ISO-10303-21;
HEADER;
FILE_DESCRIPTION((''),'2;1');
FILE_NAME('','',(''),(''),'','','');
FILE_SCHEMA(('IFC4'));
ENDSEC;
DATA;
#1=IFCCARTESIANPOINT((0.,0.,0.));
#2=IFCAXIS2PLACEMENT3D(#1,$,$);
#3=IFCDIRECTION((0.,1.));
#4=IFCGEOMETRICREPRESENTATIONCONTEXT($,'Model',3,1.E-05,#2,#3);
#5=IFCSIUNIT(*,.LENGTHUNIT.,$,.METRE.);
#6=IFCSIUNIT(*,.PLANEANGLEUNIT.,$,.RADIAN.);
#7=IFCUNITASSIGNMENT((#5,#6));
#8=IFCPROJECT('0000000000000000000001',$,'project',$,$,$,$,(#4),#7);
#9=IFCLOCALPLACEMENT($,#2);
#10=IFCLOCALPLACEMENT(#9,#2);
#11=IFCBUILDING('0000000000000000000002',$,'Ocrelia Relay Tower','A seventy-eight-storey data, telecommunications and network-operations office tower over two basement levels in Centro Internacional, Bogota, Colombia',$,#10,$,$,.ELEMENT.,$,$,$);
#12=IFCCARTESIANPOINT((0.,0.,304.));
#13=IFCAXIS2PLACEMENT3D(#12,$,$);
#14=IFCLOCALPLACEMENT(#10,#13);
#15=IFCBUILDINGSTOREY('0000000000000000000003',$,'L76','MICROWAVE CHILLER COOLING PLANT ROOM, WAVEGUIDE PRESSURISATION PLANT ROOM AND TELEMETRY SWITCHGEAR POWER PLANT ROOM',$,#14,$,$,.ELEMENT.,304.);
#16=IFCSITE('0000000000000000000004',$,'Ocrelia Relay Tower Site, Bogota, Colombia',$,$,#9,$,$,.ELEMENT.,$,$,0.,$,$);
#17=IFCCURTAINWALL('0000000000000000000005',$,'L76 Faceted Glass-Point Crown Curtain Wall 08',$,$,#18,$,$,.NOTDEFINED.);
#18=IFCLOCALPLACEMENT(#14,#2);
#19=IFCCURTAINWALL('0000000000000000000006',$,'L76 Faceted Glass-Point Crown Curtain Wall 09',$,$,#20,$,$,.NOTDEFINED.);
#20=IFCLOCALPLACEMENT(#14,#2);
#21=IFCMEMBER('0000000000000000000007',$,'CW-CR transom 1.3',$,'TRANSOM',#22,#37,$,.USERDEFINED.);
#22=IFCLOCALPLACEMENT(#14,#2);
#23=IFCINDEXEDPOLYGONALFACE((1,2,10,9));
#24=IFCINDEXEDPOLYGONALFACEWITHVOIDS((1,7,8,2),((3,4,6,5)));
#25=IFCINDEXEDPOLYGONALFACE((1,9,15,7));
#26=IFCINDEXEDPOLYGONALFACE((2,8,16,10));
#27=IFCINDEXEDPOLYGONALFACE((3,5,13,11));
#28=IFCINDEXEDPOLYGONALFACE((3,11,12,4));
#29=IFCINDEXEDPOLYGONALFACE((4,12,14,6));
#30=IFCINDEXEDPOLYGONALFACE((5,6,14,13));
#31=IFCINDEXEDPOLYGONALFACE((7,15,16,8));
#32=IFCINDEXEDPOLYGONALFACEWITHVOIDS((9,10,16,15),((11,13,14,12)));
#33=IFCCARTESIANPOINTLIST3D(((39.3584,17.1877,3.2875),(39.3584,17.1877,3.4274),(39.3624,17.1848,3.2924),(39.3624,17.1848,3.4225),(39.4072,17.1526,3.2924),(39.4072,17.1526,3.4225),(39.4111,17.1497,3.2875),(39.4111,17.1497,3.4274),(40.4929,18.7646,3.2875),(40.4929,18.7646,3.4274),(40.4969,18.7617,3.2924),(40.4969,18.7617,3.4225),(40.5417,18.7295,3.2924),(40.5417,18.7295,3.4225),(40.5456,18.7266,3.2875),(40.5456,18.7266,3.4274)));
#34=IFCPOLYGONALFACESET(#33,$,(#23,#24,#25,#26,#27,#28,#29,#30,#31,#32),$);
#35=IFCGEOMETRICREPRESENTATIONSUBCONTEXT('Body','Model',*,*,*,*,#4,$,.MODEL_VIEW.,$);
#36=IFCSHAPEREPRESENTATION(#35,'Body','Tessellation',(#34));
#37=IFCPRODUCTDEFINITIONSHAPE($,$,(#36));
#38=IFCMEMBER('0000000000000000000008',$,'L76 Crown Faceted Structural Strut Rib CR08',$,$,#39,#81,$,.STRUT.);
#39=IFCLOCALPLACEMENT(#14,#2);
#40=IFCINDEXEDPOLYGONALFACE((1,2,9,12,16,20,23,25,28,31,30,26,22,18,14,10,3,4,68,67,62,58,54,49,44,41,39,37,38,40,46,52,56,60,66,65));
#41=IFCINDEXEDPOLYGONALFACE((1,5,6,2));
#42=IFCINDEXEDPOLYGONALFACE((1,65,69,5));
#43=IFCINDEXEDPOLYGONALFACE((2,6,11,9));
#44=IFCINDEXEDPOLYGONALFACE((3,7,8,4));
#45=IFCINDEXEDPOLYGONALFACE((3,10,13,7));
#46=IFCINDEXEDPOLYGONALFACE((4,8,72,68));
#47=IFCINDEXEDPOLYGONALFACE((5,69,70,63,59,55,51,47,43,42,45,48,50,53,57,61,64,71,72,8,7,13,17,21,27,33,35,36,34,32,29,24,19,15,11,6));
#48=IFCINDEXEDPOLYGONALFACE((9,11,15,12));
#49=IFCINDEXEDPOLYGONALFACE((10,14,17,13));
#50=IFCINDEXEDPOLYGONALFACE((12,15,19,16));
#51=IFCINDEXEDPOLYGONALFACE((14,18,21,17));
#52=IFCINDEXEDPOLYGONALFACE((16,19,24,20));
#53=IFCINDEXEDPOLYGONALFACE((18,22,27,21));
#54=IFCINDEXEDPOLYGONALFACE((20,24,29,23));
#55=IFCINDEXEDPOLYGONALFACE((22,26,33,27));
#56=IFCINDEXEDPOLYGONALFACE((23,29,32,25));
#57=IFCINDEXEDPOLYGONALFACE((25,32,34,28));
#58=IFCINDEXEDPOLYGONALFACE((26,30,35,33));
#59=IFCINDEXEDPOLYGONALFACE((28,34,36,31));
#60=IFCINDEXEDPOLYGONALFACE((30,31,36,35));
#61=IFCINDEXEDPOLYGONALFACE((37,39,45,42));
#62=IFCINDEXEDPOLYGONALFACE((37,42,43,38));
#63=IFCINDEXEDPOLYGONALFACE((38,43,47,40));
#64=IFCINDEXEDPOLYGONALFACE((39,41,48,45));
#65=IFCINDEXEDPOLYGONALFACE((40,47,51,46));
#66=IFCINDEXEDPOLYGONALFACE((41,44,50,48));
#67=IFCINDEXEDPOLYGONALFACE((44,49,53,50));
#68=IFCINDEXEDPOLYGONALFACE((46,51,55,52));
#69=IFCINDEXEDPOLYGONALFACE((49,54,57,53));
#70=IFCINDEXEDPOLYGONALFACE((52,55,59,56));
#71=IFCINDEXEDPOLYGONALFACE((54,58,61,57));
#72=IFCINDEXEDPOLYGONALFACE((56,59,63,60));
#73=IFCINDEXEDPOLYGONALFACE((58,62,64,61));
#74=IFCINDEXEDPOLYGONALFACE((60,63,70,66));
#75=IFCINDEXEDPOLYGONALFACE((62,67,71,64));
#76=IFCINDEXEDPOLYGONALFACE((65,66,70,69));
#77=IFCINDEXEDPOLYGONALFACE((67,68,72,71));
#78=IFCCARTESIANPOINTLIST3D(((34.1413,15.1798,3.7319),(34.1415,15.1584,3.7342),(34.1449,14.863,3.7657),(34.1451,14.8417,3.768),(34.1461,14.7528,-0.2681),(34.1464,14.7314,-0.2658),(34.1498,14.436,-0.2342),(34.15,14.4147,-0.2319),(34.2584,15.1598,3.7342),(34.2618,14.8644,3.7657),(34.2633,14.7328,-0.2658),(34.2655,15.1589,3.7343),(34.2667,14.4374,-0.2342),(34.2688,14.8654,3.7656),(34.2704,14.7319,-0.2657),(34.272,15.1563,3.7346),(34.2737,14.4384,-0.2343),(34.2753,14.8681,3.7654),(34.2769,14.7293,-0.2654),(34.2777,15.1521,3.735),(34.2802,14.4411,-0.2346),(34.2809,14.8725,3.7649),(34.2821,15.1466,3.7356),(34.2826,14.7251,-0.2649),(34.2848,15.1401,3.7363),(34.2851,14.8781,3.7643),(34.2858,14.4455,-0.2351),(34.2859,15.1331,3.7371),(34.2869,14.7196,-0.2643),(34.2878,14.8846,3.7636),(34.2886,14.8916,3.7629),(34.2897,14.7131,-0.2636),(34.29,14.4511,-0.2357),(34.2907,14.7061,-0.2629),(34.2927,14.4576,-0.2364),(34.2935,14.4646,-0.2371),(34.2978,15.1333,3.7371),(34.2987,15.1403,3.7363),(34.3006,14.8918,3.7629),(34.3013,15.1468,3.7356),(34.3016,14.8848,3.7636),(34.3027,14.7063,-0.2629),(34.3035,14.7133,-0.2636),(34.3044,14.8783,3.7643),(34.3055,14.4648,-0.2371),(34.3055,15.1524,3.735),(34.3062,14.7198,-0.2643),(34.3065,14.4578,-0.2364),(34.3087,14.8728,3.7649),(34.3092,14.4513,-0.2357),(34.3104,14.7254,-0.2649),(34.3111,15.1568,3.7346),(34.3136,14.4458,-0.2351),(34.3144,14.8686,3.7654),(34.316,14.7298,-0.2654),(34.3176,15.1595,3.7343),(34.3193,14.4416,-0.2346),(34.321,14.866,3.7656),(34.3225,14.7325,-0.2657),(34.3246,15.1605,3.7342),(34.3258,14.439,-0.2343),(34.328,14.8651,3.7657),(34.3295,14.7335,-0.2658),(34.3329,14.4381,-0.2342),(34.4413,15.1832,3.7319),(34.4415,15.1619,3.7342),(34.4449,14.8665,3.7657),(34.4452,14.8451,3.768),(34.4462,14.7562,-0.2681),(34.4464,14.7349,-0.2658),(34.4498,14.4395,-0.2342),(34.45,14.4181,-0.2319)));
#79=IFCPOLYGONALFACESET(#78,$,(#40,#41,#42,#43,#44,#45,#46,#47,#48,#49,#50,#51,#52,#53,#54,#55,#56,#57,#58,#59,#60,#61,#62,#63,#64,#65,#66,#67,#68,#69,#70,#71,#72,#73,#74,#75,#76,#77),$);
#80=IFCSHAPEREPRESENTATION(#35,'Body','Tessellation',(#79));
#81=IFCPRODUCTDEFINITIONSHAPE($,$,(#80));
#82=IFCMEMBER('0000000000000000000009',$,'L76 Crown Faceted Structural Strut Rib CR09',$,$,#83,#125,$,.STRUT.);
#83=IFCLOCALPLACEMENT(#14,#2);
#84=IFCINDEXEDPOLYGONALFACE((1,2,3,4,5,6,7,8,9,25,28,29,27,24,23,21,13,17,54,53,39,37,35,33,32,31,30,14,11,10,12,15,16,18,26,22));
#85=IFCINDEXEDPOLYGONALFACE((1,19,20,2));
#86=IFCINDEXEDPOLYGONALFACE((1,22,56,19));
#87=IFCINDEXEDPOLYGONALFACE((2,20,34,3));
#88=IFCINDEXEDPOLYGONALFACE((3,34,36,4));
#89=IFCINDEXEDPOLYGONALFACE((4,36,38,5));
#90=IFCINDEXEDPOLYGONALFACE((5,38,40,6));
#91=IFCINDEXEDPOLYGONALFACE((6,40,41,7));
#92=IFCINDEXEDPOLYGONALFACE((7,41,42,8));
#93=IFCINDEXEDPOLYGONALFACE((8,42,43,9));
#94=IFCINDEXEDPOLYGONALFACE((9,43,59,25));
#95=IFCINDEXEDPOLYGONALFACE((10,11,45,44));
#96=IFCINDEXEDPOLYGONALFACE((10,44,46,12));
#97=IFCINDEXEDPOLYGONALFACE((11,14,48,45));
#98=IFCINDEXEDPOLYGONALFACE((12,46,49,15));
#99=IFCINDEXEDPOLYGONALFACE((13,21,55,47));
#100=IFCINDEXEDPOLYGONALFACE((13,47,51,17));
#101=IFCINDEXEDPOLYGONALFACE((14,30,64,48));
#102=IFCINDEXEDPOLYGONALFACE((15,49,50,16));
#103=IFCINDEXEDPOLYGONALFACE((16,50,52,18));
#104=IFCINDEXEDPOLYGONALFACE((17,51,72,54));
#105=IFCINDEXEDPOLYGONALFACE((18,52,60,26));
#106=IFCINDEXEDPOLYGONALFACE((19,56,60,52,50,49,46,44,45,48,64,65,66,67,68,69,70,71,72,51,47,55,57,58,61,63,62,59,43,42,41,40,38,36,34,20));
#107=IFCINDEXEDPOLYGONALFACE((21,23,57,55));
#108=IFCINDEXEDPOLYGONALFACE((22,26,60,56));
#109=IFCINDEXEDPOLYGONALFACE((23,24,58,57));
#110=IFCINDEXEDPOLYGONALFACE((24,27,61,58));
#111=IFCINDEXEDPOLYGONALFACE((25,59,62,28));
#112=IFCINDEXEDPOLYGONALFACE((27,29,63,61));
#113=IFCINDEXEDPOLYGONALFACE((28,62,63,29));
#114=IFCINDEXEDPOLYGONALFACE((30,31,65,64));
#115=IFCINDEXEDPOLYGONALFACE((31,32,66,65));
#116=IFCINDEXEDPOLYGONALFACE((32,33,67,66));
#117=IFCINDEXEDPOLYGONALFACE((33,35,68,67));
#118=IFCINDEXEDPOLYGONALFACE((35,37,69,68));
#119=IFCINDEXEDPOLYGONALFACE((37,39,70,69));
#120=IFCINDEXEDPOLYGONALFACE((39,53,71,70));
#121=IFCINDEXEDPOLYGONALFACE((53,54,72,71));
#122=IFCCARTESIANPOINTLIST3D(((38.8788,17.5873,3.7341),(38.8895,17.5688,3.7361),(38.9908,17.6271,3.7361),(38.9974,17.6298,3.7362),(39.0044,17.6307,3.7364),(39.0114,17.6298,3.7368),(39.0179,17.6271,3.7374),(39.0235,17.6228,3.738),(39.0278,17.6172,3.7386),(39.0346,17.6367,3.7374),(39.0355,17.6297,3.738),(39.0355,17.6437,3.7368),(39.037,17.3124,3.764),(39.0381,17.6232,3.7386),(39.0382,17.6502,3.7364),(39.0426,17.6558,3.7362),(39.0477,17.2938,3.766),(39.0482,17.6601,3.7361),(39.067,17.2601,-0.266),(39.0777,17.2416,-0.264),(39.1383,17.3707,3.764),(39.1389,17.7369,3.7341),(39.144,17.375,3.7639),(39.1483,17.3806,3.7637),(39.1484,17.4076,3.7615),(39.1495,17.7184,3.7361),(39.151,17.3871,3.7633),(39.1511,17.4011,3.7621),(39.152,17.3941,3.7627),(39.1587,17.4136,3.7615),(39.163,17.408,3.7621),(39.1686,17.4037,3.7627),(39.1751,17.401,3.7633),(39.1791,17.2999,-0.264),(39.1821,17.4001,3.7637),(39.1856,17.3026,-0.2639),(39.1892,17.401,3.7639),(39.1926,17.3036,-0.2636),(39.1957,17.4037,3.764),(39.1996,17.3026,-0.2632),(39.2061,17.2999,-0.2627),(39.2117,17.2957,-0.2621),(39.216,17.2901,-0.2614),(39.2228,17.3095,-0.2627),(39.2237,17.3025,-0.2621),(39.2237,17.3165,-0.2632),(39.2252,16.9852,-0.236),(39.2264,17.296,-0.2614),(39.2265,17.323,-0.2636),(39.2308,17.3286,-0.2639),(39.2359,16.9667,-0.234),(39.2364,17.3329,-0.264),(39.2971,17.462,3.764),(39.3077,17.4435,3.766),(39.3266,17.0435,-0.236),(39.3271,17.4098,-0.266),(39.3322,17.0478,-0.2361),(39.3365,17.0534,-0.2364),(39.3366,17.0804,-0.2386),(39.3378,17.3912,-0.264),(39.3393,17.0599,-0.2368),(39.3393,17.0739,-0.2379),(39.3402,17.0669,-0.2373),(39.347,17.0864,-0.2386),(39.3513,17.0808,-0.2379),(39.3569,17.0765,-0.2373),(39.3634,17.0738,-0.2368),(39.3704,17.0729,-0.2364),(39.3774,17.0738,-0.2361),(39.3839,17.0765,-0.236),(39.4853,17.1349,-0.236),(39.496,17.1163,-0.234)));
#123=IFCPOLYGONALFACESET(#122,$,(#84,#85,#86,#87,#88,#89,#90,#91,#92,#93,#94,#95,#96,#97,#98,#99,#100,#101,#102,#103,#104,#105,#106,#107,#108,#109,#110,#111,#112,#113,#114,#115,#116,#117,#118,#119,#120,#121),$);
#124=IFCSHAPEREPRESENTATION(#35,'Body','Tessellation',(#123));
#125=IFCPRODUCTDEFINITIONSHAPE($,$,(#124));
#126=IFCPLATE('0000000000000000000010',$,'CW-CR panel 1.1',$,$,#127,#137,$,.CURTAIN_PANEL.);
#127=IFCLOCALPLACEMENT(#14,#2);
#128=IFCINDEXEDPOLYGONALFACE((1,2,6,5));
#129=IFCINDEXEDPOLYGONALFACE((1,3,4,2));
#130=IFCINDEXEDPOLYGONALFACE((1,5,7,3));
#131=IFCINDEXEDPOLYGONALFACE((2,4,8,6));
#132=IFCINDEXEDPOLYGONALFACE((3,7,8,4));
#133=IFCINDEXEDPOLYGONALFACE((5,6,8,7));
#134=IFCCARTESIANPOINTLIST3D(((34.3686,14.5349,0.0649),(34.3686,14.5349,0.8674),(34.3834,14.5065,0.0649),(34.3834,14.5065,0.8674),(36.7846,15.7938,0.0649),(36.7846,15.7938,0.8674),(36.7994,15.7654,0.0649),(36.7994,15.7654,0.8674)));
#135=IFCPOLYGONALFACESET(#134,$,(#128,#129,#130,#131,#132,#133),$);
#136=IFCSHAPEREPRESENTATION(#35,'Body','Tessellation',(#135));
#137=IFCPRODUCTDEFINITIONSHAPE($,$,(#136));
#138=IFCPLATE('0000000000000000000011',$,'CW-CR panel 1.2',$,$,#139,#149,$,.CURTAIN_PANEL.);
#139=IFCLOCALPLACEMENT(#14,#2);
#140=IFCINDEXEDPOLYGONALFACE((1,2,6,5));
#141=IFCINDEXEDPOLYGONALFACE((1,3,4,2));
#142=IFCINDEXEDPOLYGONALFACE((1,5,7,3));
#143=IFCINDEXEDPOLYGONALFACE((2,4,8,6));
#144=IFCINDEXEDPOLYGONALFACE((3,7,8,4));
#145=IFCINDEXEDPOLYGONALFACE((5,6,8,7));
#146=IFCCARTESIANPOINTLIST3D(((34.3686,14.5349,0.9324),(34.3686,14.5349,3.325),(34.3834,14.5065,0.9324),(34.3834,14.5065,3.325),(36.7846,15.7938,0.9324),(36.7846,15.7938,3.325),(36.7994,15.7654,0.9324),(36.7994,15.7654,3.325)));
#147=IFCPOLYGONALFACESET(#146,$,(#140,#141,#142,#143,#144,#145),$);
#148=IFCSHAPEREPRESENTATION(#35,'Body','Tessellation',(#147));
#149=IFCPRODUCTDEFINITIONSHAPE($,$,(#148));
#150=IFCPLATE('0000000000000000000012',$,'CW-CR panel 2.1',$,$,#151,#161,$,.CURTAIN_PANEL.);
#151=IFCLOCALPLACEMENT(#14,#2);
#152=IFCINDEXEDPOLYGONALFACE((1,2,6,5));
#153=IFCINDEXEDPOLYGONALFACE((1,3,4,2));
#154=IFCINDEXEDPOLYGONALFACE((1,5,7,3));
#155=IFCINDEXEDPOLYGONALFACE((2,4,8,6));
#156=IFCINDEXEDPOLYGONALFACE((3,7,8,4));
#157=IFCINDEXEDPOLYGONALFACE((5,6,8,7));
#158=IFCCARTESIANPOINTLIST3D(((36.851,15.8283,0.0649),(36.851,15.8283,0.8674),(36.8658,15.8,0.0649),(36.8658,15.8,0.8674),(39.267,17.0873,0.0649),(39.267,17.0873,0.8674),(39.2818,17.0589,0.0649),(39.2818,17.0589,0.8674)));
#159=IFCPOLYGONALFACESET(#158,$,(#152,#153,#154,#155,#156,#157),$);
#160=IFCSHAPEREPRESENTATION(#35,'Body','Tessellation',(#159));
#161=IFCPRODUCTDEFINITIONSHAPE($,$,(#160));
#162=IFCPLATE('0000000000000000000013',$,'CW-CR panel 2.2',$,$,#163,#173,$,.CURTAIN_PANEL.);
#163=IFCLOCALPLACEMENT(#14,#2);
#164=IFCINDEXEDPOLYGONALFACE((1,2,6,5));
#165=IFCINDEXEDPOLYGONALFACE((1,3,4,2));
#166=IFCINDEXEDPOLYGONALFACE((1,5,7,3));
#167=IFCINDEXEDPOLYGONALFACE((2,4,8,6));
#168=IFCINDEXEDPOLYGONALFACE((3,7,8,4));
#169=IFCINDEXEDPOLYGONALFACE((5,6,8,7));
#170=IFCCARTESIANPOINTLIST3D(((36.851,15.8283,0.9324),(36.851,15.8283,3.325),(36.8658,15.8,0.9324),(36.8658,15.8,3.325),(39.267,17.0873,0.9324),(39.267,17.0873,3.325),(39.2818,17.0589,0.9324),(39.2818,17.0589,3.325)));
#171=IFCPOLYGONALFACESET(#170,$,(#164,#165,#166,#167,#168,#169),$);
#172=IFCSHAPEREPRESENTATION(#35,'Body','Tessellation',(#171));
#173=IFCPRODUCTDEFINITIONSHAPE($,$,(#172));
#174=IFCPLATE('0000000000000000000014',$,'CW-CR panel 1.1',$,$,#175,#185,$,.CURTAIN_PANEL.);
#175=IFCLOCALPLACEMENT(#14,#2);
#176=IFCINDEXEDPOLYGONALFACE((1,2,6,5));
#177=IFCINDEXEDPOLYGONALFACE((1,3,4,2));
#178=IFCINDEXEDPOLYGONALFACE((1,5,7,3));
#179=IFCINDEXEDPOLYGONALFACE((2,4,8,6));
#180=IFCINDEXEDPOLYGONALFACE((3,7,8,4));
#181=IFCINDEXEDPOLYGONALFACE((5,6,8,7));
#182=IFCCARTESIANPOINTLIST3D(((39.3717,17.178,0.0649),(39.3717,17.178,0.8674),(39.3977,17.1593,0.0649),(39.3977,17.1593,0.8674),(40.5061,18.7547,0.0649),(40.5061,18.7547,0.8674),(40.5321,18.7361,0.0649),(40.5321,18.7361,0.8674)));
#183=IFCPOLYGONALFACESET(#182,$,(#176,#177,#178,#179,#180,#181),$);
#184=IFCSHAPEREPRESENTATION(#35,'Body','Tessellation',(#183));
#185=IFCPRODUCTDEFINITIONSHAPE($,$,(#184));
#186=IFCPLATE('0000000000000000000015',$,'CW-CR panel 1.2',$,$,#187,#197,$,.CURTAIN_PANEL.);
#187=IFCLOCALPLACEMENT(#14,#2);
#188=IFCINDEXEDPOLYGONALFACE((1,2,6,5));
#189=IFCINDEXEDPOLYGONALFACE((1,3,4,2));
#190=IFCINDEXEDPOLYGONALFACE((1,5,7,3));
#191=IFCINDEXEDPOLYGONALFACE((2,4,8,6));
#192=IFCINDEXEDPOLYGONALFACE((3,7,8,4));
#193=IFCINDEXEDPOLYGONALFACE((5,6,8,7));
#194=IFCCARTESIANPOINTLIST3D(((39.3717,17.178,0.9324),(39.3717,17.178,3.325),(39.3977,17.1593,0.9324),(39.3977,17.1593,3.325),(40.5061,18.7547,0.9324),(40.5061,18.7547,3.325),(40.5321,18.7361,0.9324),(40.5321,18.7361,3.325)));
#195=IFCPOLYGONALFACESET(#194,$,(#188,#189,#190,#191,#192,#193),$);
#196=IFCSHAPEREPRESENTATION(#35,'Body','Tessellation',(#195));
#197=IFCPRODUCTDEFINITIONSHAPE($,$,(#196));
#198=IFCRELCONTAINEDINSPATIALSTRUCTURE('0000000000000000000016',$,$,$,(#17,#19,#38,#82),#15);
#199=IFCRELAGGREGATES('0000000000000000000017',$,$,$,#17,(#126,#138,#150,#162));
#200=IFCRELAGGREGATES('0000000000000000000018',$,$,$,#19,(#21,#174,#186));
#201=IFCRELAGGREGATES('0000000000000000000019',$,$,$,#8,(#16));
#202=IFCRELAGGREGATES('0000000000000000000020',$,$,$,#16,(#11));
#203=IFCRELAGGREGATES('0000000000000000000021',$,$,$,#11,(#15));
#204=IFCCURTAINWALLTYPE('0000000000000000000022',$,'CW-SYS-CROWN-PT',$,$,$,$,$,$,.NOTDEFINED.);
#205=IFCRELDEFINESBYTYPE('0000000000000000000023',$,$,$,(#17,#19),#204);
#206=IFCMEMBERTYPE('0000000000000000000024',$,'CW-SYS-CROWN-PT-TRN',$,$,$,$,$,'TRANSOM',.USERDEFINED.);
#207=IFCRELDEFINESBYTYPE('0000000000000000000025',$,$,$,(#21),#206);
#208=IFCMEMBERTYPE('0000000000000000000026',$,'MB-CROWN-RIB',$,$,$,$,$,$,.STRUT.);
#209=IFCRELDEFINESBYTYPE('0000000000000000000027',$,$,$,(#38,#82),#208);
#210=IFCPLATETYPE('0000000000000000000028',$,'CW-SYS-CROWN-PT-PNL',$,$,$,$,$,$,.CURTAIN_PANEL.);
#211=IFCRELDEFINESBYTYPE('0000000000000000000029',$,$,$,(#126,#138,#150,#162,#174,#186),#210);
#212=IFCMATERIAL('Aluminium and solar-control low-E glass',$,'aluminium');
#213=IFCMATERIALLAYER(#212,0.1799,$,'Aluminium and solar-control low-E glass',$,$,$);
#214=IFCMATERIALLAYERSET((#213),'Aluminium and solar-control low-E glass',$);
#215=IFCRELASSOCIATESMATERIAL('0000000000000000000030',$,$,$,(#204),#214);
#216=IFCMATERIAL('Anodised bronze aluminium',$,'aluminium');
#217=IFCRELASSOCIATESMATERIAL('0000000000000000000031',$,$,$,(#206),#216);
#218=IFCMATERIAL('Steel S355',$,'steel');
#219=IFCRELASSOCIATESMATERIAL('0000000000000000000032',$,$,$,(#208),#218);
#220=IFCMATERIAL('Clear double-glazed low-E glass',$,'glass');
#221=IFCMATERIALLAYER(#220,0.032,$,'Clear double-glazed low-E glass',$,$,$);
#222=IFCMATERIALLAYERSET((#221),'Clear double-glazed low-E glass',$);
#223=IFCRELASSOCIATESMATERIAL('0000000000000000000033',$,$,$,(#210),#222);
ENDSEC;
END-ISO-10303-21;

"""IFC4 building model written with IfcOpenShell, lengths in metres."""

from ifc_helpers import new_model, si_unit, direction, frame, origin, origin_2d, place, context, subcontext, project, spatial, rectangle, hollow_rectangle, i_section, extrude, material, layer, layer_set, material_profile, profile_set, type_object, element, aggregate, save


model = new_model("IFC4")

# Units and contexts
model_context = context("Model", 3, precision=1e-05, world=origin(), true_north=direction((0.0, 1.0)))
body_context = subcontext(model_context, "Body", "Model", "MODEL_VIEW")
ifc_project = project(units=[si_unit("LENGTHUNIT", "METRE"), si_unit("PLANEANGLEUNIT", "RADIAN")], contexts=[model_context])

# Site, building, storey
site_placement = place(None, origin())
site = spatial("IfcSite", under=ifc_project, at=site_placement, Name="Ocrelia Relay Tower Site, Bogota, Colombia", CompositionType="ELEMENT", RefElevation=0.0)
building_placement = place(site_placement, origin())
building = spatial("IfcBuilding", under=site, at=building_placement, Name="Ocrelia Relay Tower", Description="A seventy-eight-storey data, telecommunications and network-operations office tower over two basement levels in Centro Internacional, Bogota, Colombia", CompositionType="ELEMENT")
storey_placement = place(building_placement, frame((0.0, 0.0, 304.0)))
storey = spatial("IfcBuildingStorey", under=building, at=storey_placement, Name="L76", Description="MICROWAVE CHILLER COOLING PLANT ROOM, WAVEGUIDE PRESSURISATION PLANT ROOM AND TELEMETRY SWITCHGEAR POWER PLANT ROOM", CompositionType="ELEMENT", Elevation=304.0)

# Shared definitions
ifc_material_1 = material(Name="Steel S355", Category="steel")

# Shared definitions
ifc_material_2 = material(Name="Aluminium and solar-control low-E glass", Category="aluminium")
ifc_layer_1 = layer(ifc_material_2, 0.1799, Name="Aluminium and solar-control low-E glass")
ifc_layer_set_1 = layer_set([ifc_layer_1], Name="Aluminium and solar-control low-E glass")
curtain_wall_type = type_object("IfcCurtainWallType", Name="CW-SYS-CROWN-PT", PredefinedType="NOTDEFINED", material=ifc_layer_set_1)
ifc_material_3 = material(Name="Anodised bronze aluminium", Category="aluminium")

# Curtain wall
curtain_wall_1_placement = place(storey_placement, origin())
curtain_wall_1 = element("IfcCurtainWall", 1, at=curtain_wall_1_placement, inside=storey, type_object=curtain_wall_type, Name="L76 Faceted Glass-Point Crown Curtain Wall 08", PredefinedType="NOTDEFINED")

# Curtain wall
curtain_wall_2_placement = place(storey_placement, origin())
curtain_wall_2 = element("IfcCurtainWall", 2, at=curtain_wall_2_placement, inside=storey, type_object=curtain_wall_type, Name="L76 Faceted Glass-Point Crown Curtain Wall 09", PredefinedType="NOTDEFINED")

# Member
ifc_material_profile_1 = material_profile(ifc_material_3, hollow_rectangle(XDim=0.0649, YDim=0.1399, WallThickness=0.0049, at=origin_2d()), Name="CW-TRN-140x65")
ifc_profile_set_1 = profile_set([ifc_material_profile_1], Name="Anodised bronze aluminium")
member_type_1 = type_object("IfcMemberType", Name="CW-SYS-CROWN-PT-TRN", ElementType="TRANSOM", PredefinedType="USERDEFINED", material=ifc_profile_set_1)
member_1_placement = place(storey_placement, frame((39.3848, 17.1687, 3.3574), z_axis=(0.584017, 0.811742, 0.0), x_axis=(-0.811742, 0.584017, 0.0)))
member_1 = element("IfcMember", 3, at=member_1_placement, type_object=member_type_1, Name="CW-CR transom 1.3", ObjectType="TRANSOM", PredefinedType="USERDEFINED", context=body_context, shape_type="SweptSolid", body=[
    extrude(hollow_rectangle(XDim=0.0649, YDim=0.1399, WallThickness=0.0049, at=origin_2d()), origin(), (0.0, 0.0, 1.0), 1.9426),
])

# Members
ifc_material_profile_2 = material_profile(ifc_material_1, i_section(OverallWidth=0.3, OverallDepth=0.3401, WebThickness=0.012, FlangeThickness=0.0215, FilletRadius=0.0271, at=origin_2d()), Name="HEB 340")
ifc_profile_set_2 = profile_set([ifc_material_profile_2], Name="Steel S355")
member_type_2 = type_object("IfcMemberType", Name="MB-CROWN-RIB", PredefinedType="STRUT", material=ifc_profile_set_2)
member_2_placement = place(storey_placement, frame((34.2981, 14.5854, -0.25), z_axis=(-0.001214, 0.106147, 0.99435), x_axis=(-0.999935, -0.011434, 0.0)))
element("IfcMember", 4, at=member_2_placement, inside=storey, type_object=member_type_2, Name="L76 Crown Faceted Structural Strut Rib CR08", PredefinedType="STRUT", context=body_context, shape_type="SweptSolid", body=[
    extrude(i_section(OverallWidth=0.3, OverallDepth=0.3401, WebThickness=0.012, FlangeThickness=0.0215, FilletRadius=0.0271, at=origin_2d()), origin(), (0.0, 0.0, 1.0), 4.0227),
])
member_3_placement = place(storey_placement, frame((39.2815, 17.1882, -0.25), z_axis=(-0.04685, 0.081425, 0.995578), x_axis=(-0.866767, -0.498714, 0.0)))
element("IfcMember", 5, at=member_3_placement, inside=storey, type_object=member_type_2, Name="L76 Crown Faceted Structural Strut Rib CR09", PredefinedType="STRUT", context=body_context, shape_type="SweptSolid", body=[
    extrude(i_section(OverallWidth=0.3, OverallDepth=0.3401, WebThickness=0.012, FlangeThickness=0.0215, FilletRadius=0.0271, at=origin_2d()), origin(), (0.0, 0.0, 1.0), 4.0178),
])

# Plates
ifc_material_4 = material(Name="Clear double-glazed low-E glass", Category="glass")
ifc_layer_2 = layer(ifc_material_4, 0.032, Name="Clear double-glazed low-E glass")
ifc_layer_set_2 = layer_set([ifc_layer_2], Name="Clear double-glazed low-E glass")
plate_type = type_object("IfcPlateType", Name="CW-SYS-CROWN-PT-PNL", PredefinedType="CURTAIN_PANEL", material=ifc_layer_set_2)
plate_1_placement = place(storey_placement, frame((35.584, 15.1501, 0.0649), z_axis=(0.0, 0.0, 1.0), x_axis=(0.886825, 0.462105, 0.0)))
plate_1 = element("IfcPlate", 6, at=plate_1_placement, type_object=plate_type, Name="CW-CR panel 1.1", PredefinedType="CURTAIN_PANEL", context=body_context, shape_type="SweptSolid", body=[
    extrude(rectangle(XDim=2.7244, YDim=0.032, at=origin_2d()), origin(), (0.0, 0.0, 1.0), 0.8025),
])
plate_2_placement = place(storey_placement, frame((35.584, 15.1501, 0.9324), z_axis=(0.0, 0.0, 1.0), x_axis=(0.886825, 0.462105, 0.0)))
plate_2 = element("IfcPlate", 7, at=plate_2_placement, type_object=plate_type, Name="CW-CR panel 1.2", PredefinedType="CURTAIN_PANEL", context=body_context, shape_type="SweptSolid", body=[
    extrude(rectangle(XDim=2.7244, YDim=0.032, at=origin_2d()), origin(), (0.0, 0.0, 1.0), 2.3926),
])
plate_3_placement = place(storey_placement, frame((38.0664, 16.4436, 0.0649), z_axis=(0.0, 0.0, 1.0), x_axis=(0.886825, 0.462105, 0.0)))
plate_3 = element("IfcPlate", 8, at=plate_3_placement, type_object=plate_type, Name="CW-CR panel 2.1", PredefinedType="CURTAIN_PANEL", context=body_context, shape_type="SweptSolid", body=[
    extrude(rectangle(XDim=2.7244, YDim=0.032, at=origin_2d()), origin(), (0.0, 0.0, 1.0), 0.8025),
])
plate_4_placement = place(storey_placement, frame((38.0664, 16.4436, 0.9324), z_axis=(0.0, 0.0, 1.0), x_axis=(0.886825, 0.462105, 0.0)))
plate_4 = element("IfcPlate", 9, at=plate_4_placement, type_object=plate_type, Name="CW-CR panel 2.2", PredefinedType="CURTAIN_PANEL", context=body_context, shape_type="SweptSolid", body=[
    extrude(rectangle(XDim=2.7244, YDim=0.032, at=origin_2d()), origin(), (0.0, 0.0, 1.0), 2.3926),
])
aggregate(curtain_wall_1, [plate_1, plate_2, plate_3, plate_4])
plate_5_placement = place(storey_placement, frame((39.9519, 17.957, 0.0649), z_axis=(0.0, 0.0, 1.0), x_axis=(0.583998, 0.811755, 0.0)))
plate_5 = element("IfcPlate", 10, at=plate_5_placement, type_object=plate_type, Name="CW-CR panel 1.1", PredefinedType="CURTAIN_PANEL", context=body_context, shape_type="SweptSolid", body=[
    extrude(rectangle(XDim=1.9424, YDim=0.032, at=origin_2d()), origin(), (0.0, 0.0, 1.0), 0.8025),
])
plate_6_placement = place(storey_placement, frame((39.9519, 17.957, 0.9324), z_axis=(0.0, 0.0, 1.0), x_axis=(0.583998, 0.811755, 0.0)))
plate_6 = element("IfcPlate", 11, at=plate_6_placement, type_object=plate_type, Name="CW-CR panel 1.2", PredefinedType="CURTAIN_PANEL", context=body_context, shape_type="SweptSolid", body=[
    extrude(rectangle(XDim=1.9424, YDim=0.032, at=origin_2d()), origin(), (0.0, 0.0, 1.0), 2.3926),
])
aggregate(curtain_wall_2, [member_1, plate_5, plate_6])

save(model, "model.ifc")
